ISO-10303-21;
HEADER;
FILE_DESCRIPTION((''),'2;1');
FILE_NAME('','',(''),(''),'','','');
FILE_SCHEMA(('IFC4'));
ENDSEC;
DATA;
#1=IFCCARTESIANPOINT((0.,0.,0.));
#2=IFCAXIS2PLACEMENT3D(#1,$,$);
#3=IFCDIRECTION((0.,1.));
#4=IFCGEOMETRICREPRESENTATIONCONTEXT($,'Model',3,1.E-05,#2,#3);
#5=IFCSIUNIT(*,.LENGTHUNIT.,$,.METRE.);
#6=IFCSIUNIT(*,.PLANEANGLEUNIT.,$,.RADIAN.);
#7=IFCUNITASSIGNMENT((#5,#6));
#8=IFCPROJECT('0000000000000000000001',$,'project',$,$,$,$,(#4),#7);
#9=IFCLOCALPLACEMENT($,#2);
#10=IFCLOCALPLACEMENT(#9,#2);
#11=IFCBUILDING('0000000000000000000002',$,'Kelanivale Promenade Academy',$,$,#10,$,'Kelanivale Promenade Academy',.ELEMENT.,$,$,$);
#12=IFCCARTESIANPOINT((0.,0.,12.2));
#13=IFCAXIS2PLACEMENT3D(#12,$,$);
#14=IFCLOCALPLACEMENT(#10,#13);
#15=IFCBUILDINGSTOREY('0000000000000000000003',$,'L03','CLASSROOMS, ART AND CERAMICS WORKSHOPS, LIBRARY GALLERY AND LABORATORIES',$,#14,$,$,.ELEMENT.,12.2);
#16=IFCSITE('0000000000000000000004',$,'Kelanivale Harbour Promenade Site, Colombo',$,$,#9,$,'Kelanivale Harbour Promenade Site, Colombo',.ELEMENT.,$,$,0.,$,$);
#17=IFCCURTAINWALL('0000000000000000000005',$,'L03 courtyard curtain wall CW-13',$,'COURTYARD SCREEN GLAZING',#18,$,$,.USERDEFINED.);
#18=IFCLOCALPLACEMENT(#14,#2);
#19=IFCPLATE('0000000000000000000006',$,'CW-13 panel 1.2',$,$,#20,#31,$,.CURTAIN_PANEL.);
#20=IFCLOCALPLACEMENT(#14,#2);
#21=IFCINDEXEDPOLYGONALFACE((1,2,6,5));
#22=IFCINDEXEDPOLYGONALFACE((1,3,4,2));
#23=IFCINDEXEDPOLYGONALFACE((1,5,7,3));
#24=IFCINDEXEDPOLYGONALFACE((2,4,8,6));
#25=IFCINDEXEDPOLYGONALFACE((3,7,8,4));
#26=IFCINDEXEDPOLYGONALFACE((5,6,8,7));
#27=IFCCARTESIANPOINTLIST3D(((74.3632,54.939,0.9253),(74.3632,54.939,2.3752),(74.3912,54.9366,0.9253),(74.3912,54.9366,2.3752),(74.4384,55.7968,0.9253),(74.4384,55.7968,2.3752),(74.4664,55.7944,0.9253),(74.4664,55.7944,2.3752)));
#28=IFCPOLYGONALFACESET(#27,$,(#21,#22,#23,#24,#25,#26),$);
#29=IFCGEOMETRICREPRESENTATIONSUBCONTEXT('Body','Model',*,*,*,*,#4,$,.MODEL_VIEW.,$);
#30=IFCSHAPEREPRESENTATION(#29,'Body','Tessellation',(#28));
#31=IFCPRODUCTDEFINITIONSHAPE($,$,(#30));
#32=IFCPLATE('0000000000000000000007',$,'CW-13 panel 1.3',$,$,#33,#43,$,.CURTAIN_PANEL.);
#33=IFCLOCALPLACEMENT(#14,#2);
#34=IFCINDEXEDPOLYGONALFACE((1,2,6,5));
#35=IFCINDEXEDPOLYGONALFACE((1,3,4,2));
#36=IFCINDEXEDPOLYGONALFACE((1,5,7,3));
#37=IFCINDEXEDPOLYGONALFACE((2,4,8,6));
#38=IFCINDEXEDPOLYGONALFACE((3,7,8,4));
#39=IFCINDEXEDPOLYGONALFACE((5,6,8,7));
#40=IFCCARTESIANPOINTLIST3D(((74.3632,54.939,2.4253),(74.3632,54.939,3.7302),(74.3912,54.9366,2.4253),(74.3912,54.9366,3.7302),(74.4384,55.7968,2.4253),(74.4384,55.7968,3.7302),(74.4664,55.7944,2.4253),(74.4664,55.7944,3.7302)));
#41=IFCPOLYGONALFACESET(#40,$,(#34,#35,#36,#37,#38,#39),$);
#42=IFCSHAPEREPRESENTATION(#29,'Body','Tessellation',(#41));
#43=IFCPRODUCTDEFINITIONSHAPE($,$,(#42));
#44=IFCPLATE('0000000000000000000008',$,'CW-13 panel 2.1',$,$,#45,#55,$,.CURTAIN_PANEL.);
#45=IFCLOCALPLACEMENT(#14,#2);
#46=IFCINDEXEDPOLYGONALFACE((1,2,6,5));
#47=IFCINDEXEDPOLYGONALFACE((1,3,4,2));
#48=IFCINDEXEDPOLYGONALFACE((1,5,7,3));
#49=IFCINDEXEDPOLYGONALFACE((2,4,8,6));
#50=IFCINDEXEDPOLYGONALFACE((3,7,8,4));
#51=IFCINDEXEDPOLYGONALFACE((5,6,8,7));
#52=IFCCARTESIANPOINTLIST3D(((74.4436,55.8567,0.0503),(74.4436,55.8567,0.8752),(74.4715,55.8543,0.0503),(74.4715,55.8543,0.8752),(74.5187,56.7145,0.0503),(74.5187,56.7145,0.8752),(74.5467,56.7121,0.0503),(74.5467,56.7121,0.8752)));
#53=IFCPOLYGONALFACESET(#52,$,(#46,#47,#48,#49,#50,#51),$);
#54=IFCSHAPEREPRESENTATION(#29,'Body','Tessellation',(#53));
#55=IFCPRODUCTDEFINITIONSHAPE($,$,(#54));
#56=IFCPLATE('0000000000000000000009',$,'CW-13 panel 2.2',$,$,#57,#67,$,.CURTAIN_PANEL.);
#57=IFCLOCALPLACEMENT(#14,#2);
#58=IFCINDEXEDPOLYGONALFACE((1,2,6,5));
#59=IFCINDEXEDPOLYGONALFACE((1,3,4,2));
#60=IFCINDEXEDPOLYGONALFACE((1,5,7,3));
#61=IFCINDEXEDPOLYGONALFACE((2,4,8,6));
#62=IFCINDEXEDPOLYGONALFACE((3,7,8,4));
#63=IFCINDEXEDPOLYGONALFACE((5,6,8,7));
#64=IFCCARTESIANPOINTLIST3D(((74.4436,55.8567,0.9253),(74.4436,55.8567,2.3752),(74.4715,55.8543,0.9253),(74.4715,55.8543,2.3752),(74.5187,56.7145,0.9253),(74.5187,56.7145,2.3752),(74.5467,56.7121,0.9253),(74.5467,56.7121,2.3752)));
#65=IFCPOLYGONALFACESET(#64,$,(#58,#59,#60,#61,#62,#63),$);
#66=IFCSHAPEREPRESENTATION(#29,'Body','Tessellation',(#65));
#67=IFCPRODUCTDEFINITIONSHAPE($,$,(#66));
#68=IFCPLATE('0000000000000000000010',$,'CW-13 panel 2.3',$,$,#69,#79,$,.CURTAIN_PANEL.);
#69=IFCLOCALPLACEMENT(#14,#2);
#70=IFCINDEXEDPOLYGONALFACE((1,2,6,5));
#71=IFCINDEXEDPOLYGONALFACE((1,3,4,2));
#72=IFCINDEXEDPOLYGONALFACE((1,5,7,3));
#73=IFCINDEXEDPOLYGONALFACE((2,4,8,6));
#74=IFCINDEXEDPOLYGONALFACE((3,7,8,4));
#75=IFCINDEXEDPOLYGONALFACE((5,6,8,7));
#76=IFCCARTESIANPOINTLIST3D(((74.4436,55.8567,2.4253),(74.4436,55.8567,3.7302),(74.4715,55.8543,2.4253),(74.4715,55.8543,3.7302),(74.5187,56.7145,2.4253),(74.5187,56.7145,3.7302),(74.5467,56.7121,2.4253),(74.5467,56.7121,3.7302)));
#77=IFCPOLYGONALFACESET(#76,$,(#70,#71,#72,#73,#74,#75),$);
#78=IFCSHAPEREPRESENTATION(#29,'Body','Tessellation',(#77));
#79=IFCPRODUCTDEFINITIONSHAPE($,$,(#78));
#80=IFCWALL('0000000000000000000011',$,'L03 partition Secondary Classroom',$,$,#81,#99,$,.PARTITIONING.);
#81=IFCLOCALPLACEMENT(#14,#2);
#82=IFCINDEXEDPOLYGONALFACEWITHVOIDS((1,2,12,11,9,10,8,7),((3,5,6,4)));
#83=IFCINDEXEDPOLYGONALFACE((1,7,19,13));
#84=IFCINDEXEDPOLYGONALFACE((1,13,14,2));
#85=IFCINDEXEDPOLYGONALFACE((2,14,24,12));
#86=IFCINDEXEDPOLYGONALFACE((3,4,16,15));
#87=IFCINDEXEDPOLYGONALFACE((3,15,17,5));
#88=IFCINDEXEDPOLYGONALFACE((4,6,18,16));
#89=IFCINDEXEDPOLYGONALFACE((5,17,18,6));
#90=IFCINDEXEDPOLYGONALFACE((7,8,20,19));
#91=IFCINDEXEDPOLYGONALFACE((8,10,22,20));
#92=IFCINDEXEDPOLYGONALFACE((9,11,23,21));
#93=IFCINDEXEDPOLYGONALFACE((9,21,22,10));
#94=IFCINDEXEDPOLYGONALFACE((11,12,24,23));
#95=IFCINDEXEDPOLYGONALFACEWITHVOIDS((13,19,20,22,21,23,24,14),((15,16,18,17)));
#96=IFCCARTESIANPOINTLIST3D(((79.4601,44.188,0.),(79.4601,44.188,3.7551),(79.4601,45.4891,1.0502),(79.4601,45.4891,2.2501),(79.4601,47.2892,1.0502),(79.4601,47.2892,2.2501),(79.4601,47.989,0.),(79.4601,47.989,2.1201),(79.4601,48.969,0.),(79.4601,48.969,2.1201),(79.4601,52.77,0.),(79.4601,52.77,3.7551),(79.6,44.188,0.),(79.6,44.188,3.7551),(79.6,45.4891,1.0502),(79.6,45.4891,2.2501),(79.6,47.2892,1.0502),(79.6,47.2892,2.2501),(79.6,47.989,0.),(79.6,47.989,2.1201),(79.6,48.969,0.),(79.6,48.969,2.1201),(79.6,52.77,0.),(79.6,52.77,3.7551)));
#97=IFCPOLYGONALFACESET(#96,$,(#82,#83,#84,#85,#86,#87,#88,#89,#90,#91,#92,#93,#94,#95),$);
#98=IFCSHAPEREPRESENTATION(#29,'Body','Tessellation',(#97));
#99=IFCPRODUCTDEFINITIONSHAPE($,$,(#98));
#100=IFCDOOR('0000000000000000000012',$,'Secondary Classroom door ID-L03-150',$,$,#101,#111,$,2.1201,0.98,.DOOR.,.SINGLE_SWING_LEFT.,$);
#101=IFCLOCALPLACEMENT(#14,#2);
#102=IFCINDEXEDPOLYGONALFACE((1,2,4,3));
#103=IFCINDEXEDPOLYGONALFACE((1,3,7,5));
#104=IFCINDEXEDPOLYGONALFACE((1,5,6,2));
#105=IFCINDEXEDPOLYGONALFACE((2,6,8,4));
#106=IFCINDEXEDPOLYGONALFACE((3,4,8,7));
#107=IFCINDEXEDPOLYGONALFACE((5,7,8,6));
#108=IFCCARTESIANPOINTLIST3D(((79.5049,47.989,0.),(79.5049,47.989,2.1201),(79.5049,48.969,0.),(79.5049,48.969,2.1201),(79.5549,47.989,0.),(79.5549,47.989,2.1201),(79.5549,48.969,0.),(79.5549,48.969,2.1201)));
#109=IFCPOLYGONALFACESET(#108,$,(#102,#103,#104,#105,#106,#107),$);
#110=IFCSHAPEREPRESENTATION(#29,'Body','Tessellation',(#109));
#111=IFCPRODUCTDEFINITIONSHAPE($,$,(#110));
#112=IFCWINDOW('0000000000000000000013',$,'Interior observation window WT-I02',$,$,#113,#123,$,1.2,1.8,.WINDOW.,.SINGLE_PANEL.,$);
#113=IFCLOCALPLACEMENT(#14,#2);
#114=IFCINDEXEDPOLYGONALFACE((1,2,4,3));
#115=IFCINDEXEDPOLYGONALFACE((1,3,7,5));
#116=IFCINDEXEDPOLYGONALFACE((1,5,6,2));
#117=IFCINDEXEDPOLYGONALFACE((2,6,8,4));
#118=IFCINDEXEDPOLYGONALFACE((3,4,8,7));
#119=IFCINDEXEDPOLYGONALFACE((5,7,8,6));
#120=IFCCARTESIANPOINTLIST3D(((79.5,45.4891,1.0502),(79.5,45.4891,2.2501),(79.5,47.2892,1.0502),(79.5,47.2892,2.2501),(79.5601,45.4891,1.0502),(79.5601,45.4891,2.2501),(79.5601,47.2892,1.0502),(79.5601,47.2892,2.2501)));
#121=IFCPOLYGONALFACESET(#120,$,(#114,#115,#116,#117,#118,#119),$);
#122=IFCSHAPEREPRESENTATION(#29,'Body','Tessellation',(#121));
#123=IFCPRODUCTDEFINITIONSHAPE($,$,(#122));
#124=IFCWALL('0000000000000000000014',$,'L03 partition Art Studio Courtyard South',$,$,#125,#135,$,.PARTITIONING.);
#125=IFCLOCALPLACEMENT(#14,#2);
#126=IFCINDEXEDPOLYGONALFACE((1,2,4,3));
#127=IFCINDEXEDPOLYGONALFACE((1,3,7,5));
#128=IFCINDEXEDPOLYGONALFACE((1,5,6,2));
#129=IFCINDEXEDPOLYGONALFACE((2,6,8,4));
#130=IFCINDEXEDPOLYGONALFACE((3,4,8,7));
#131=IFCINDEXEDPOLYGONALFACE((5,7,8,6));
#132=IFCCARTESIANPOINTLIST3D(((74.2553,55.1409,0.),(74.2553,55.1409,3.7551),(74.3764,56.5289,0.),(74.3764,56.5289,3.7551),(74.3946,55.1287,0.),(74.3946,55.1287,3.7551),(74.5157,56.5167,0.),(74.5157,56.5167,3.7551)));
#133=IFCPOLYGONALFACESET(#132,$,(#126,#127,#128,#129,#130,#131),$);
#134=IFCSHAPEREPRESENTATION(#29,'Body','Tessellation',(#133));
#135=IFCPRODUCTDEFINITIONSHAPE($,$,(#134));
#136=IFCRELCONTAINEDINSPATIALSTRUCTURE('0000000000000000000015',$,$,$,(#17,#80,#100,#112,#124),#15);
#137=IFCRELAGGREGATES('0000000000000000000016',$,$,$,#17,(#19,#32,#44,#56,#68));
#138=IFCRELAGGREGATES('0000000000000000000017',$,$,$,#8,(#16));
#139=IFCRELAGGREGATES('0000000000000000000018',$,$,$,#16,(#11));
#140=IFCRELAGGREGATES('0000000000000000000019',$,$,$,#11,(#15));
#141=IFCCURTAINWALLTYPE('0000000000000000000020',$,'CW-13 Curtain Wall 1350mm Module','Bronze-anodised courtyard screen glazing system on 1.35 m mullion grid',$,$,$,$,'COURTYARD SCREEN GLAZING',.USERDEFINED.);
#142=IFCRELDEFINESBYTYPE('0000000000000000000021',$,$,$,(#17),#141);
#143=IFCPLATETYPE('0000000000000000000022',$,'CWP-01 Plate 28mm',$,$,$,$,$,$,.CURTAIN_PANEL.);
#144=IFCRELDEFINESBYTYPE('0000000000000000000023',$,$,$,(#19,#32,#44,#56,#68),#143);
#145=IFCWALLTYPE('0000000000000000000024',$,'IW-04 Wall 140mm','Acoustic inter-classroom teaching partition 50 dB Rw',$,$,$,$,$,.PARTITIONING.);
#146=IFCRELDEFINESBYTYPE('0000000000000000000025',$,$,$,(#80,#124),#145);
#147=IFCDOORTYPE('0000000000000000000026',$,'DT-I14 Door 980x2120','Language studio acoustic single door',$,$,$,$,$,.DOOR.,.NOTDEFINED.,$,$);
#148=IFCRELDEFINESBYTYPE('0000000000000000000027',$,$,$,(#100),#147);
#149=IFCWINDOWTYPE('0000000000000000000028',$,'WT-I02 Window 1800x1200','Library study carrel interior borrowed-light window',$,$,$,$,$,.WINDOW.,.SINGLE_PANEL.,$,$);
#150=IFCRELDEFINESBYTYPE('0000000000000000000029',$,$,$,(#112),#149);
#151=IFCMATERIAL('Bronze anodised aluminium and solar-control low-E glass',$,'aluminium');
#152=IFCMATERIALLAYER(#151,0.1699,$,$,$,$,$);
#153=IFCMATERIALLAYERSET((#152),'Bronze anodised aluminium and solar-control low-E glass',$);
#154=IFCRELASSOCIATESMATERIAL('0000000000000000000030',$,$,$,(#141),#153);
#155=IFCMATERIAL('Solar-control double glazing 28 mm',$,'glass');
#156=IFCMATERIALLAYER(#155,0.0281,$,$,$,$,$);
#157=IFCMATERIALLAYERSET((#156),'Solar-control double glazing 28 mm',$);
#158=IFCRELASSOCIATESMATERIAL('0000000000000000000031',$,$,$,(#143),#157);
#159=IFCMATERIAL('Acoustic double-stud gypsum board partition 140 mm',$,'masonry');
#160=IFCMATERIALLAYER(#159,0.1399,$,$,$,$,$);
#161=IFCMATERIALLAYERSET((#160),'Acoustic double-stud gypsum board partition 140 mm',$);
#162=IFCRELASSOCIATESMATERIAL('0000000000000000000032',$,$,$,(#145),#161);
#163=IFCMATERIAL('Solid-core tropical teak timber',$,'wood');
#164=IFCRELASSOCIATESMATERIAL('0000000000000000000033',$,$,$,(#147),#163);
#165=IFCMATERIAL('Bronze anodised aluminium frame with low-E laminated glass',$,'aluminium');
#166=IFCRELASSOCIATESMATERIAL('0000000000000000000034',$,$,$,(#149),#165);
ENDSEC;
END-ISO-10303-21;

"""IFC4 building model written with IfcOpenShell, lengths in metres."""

from ifc_helpers import new_model, si_unit, direction, frame, frame_2d, origin, origin_2d, place, context, subcontext, project, spatial, rectangle, extrude, material, layer, layer_set, type_object, element, fill, aggregate, save


model = new_model("IFC4")

# Units and contexts
model_context = context("Model", 3, precision=1e-05, world=origin(), true_north=direction((0.0, 1.0)))
body_context = subcontext(model_context, "Body", "Model", "MODEL_VIEW")
ifc_project = project(units=[si_unit("LENGTHUNIT", "METRE"), si_unit("PLANEANGLEUNIT", "RADIAN")], contexts=[model_context])

# Site, building, storey
site_placement = place(None, origin())
site = spatial("IfcSite", under=ifc_project, at=site_placement, Name="Kelanivale Harbour Promenade Site, Colombo", LongName="Kelanivale Harbour Promenade Site, Colombo", CompositionType="ELEMENT", RefElevation=0.0)
building_placement = place(site_placement, origin())
building = spatial("IfcBuilding", under=site, at=building_placement, Name="Kelanivale Promenade Academy", LongName="Kelanivale Promenade Academy", CompositionType="ELEMENT")
storey_placement = place(building_placement, frame((0.0, 0.0, 12.2)))
storey = spatial("IfcBuildingStorey", under=building, at=storey_placement, Name="L03", Description="CLASSROOMS, ART AND CERAMICS WORKSHOPS, LIBRARY GALLERY AND LABORATORIES", CompositionType="ELEMENT", Elevation=12.2)

# Curtain wall
ifc_material_1 = material(Name="Bronze anodised aluminium and solar-control low-E glass", Category="aluminium")
ifc_layer_1 = layer(ifc_material_1, 0.1699)
ifc_layer_set_1 = layer_set([ifc_layer_1], Name="Bronze anodised aluminium and solar-control low-E glass")
curtain_wall_type = type_object("IfcCurtainWallType", Name="CW-13 Curtain Wall 1350mm Module", Description="Bronze-anodised courtyard screen glazing system on 1.35 m mullion grid", ElementType="COURTYARD SCREEN GLAZING", PredefinedType="USERDEFINED", material=ifc_layer_set_1)
curtain_wall_placement = place(storey_placement, origin())
curtain_wall = element("IfcCurtainWall", 1, at=curtain_wall_placement, inside=storey, type_object=curtain_wall_type, Name="L03 courtyard curtain wall CW-13", ObjectType="COURTYARD SCREEN GLAZING", PredefinedType="USERDEFINED")

# Plates
ifc_material_2 = material(Name="Solar-control double glazing 28 mm", Category="glass")
ifc_layer_2 = layer(ifc_material_2, 0.0281)
ifc_layer_set_2 = layer_set([ifc_layer_2], Name="Solar-control double glazing 28 mm")
plate_type = type_object("IfcPlateType", Name="CWP-01 Plate 28mm", PredefinedType="CURTAIN_PANEL", material=ifc_layer_set_2)
plate_1_placement = place(storey_placement, frame((74.4148, 55.3667, 0.9253), z_axis=(0.0, 0.0, 1.0), x_axis=(0.087265, 0.996185, 0.0)))
plate_1 = element("IfcPlate", 2, at=plate_1_placement, type_object=plate_type, Name="CW-13 panel 1.2", PredefinedType="CURTAIN_PANEL", context=body_context, shape_type="SweptSolid", body=[
    extrude(rectangle(XDim=0.8611, YDim=0.0281, at=origin_2d()), origin(), (0.0, 0.0, 1.0), 1.45),
])
plate_2_placement = place(storey_placement, frame((74.4148, 55.3667, 2.4253), z_axis=(0.0, 0.0, 1.0), x_axis=(0.087265, 0.996185, 0.0)))
plate_2 = element("IfcPlate", 3, at=plate_2_placement, type_object=plate_type, Name="CW-13 panel 1.3", PredefinedType="CURTAIN_PANEL", context=body_context, shape_type="SweptSolid", body=[
    extrude(rectangle(XDim=0.8611, YDim=0.0281, at=origin_2d()), origin(), (0.0, 0.0, 1.0), 1.3049),
])
plate_3_placement = place(storey_placement, frame((74.4951, 56.2844, 0.0503), z_axis=(0.0, 0.0, 1.0), x_axis=(0.087265, 0.996185, 0.0)))
plate_3 = element("IfcPlate", 4, at=plate_3_placement, type_object=plate_type, Name="CW-13 panel 2.1", PredefinedType="CURTAIN_PANEL", context=body_context, shape_type="SweptSolid", body=[
    extrude(rectangle(XDim=0.8611, YDim=0.0281, at=origin_2d()), origin(), (0.0, 0.0, 1.0), 0.825),
])
plate_4_placement = place(storey_placement, frame((74.4951, 56.2844, 0.9253), z_axis=(0.0, 0.0, 1.0), x_axis=(0.087265, 0.996185, 0.0)))
plate_4 = element("IfcPlate", 5, at=plate_4_placement, type_object=plate_type, Name="CW-13 panel 2.2", PredefinedType="CURTAIN_PANEL", context=body_context, shape_type="SweptSolid", body=[
    extrude(rectangle(XDim=0.8611, YDim=0.0281, at=origin_2d()), origin(), (0.0, 0.0, 1.0), 1.45),
])
plate_5_placement = place(storey_placement, frame((74.4951, 56.2844, 2.4253), z_axis=(0.0, 0.0, 1.0), x_axis=(0.087265, 0.996185, 0.0)))
plate_5 = element("IfcPlate", 6, at=plate_5_placement, type_object=plate_type, Name="CW-13 panel 2.3", PredefinedType="CURTAIN_PANEL", context=body_context, shape_type="SweptSolid", body=[
    extrude(rectangle(XDim=0.8611, YDim=0.0281, at=origin_2d()), origin(), (0.0, 0.0, 1.0), 1.3049),
])
aggregate(curtain_wall, [plate_1, plate_2, plate_3, plate_4, plate_5])

# Wall, openings, door, window
ifc_material_3 = material(Name="Acoustic double-stud gypsum board partition 140 mm", Category="masonry")
ifc_layer_3 = layer(ifc_material_3, 0.1399)
ifc_layer_set_3 = layer_set([ifc_layer_3], Name="Acoustic double-stud gypsum board partition 140 mm")
wall_type = type_object("IfcWallType", Name="IW-04 Wall 140mm", Description="Acoustic inter-classroom teaching partition 50 dB Rw", PredefinedType="PARTITIONING", material=ifc_layer_set_3)
wall_1_placement = place(storey_placement, frame((79.53, 52.77, 0.0), z_axis=(0.0, 0.0, 1.0), x_axis=(0.0, -1.0, 0.0)))
wall_1 = element("IfcWall", 7, at=wall_1_placement, inside=storey, type_object=wall_type, Name="L03 partition Secondary Classroom", PredefinedType="PARTITIONING", context=body_context, shape_type="SweptSolid", body=[
    extrude(rectangle(XDim=8.582, YDim=0.1399, at=frame_2d((4.291, 0.0))), origin(), (0.0, 0.0, 1.0), 3.7551),
])
opening_1_placement = place(wall_1_placement, frame((3.801, 0.0, 0.0)))
opening_1 = element("IfcOpeningElement", 8, at=opening_1_placement, cuts=wall_1, PredefinedType="OPENING", context=body_context, shape_type="SweptSolid", body=[
    extrude(rectangle(XDim=0.98, YDim=2.1201, at=frame_2d((0.49, 1.0601))), frame((0.0, 0.0801, 0.0), z_axis=(0.0, -1.0, 0.0), x_axis=(1.0, 0.0, 0.0)), (0.0, 0.0, 1.0), 0.1599),
])
opening_2_placement = place(wall_1_placement, frame((5.481, 0.0, 1.05)))
opening_2 = element("IfcOpeningElement", 9, at=opening_2_placement, cuts=wall_1, PredefinedType="OPENING", context=body_context, shape_type="SweptSolid", body=[
    extrude(rectangle(XDim=1.8, YDim=1.2, at=frame_2d((0.8999, 0.6001))), frame((0.0, 0.0801, 0.0), z_axis=(0.0, -1.0, 0.0), x_axis=(1.0, 0.0, 0.0)), (0.0, 0.0, 1.0), 0.1599),
])
ifc_material_4 = material(Name="Solid-core tropical teak timber", Category="wood")
door_type = type_object("IfcDoorType", Name="DT-I14 Door 980x2120", Description="Language studio acoustic single door", OperationType="NOTDEFINED", PredefinedType="DOOR", material=ifc_material_4)
door_placement = place(opening_1_placement, origin())
door = element("IfcDoor", 10, at=door_placement, inside=storey, type_object=door_type, Name="Secondary Classroom door ID-L03-150", OperationType="SINGLE_SWING_LEFT", OverallHeight=2.1201, OverallWidth=0.98, PredefinedType="DOOR", context=body_context, shape_type="SweptSolid", body=[
    extrude(rectangle(XDim=0.98, YDim=2.1201, at=frame_2d((0.49, 1.0601))), frame((0.0, 0.0249, 0.0), z_axis=(0.0, -1.0, 0.0), x_axis=(1.0, 0.0, 0.0)), (0.0, 0.0, 1.0), 0.05),
])
fill(opening_1, door)
ifc_material_5 = material(Name="Bronze anodised aluminium frame with low-E laminated glass", Category="aluminium")
window_type = type_object("IfcWindowType", Name="WT-I02 Window 1800x1200", Description="Library study carrel interior borrowed-light window", PartitioningType="SINGLE_PANEL", PredefinedType="WINDOW", material=ifc_material_5)
window_placement = place(opening_2_placement, origin())
window = element("IfcWindow", 11, at=window_placement, inside=storey, type_object=window_type, Name="Interior observation window WT-I02", OverallHeight=1.2, OverallWidth=1.8, PartitioningType="SINGLE_PANEL", PredefinedType="WINDOW", context=body_context, shape_type="SweptSolid", body=[
    extrude(rectangle(XDim=1.8, YDim=1.2, at=frame_2d((0.8999, 0.6001))), frame((0.0, 0.03, 0.0), z_axis=(0.0, -1.0, 0.0), x_axis=(1.0, 0.0, 0.0)), (0.0, 0.0, 1.0), 0.0601),
])
fill(opening_2, window)

# Wall
wall_2_placement = place(storey_placement, frame((74.446, 56.5229, 0.0), z_axis=(0.0, 0.0, 1.0), x_axis=(-0.086917, -0.996216, 0.0)))
element("IfcWall", 12, at=wall_2_placement, inside=storey, type_object=wall_type, Name="L03 partition Art Studio Courtyard South", PredefinedType="PARTITIONING", context=body_context, shape_type="SweptSolid", body=[
    extrude(rectangle(XDim=1.3933, YDim=0.1399, at=frame_2d((0.6968, 0.0))), origin(), (0.0, 0.0, 1.0), 3.7551),
])

save(model, "model.ifc")
